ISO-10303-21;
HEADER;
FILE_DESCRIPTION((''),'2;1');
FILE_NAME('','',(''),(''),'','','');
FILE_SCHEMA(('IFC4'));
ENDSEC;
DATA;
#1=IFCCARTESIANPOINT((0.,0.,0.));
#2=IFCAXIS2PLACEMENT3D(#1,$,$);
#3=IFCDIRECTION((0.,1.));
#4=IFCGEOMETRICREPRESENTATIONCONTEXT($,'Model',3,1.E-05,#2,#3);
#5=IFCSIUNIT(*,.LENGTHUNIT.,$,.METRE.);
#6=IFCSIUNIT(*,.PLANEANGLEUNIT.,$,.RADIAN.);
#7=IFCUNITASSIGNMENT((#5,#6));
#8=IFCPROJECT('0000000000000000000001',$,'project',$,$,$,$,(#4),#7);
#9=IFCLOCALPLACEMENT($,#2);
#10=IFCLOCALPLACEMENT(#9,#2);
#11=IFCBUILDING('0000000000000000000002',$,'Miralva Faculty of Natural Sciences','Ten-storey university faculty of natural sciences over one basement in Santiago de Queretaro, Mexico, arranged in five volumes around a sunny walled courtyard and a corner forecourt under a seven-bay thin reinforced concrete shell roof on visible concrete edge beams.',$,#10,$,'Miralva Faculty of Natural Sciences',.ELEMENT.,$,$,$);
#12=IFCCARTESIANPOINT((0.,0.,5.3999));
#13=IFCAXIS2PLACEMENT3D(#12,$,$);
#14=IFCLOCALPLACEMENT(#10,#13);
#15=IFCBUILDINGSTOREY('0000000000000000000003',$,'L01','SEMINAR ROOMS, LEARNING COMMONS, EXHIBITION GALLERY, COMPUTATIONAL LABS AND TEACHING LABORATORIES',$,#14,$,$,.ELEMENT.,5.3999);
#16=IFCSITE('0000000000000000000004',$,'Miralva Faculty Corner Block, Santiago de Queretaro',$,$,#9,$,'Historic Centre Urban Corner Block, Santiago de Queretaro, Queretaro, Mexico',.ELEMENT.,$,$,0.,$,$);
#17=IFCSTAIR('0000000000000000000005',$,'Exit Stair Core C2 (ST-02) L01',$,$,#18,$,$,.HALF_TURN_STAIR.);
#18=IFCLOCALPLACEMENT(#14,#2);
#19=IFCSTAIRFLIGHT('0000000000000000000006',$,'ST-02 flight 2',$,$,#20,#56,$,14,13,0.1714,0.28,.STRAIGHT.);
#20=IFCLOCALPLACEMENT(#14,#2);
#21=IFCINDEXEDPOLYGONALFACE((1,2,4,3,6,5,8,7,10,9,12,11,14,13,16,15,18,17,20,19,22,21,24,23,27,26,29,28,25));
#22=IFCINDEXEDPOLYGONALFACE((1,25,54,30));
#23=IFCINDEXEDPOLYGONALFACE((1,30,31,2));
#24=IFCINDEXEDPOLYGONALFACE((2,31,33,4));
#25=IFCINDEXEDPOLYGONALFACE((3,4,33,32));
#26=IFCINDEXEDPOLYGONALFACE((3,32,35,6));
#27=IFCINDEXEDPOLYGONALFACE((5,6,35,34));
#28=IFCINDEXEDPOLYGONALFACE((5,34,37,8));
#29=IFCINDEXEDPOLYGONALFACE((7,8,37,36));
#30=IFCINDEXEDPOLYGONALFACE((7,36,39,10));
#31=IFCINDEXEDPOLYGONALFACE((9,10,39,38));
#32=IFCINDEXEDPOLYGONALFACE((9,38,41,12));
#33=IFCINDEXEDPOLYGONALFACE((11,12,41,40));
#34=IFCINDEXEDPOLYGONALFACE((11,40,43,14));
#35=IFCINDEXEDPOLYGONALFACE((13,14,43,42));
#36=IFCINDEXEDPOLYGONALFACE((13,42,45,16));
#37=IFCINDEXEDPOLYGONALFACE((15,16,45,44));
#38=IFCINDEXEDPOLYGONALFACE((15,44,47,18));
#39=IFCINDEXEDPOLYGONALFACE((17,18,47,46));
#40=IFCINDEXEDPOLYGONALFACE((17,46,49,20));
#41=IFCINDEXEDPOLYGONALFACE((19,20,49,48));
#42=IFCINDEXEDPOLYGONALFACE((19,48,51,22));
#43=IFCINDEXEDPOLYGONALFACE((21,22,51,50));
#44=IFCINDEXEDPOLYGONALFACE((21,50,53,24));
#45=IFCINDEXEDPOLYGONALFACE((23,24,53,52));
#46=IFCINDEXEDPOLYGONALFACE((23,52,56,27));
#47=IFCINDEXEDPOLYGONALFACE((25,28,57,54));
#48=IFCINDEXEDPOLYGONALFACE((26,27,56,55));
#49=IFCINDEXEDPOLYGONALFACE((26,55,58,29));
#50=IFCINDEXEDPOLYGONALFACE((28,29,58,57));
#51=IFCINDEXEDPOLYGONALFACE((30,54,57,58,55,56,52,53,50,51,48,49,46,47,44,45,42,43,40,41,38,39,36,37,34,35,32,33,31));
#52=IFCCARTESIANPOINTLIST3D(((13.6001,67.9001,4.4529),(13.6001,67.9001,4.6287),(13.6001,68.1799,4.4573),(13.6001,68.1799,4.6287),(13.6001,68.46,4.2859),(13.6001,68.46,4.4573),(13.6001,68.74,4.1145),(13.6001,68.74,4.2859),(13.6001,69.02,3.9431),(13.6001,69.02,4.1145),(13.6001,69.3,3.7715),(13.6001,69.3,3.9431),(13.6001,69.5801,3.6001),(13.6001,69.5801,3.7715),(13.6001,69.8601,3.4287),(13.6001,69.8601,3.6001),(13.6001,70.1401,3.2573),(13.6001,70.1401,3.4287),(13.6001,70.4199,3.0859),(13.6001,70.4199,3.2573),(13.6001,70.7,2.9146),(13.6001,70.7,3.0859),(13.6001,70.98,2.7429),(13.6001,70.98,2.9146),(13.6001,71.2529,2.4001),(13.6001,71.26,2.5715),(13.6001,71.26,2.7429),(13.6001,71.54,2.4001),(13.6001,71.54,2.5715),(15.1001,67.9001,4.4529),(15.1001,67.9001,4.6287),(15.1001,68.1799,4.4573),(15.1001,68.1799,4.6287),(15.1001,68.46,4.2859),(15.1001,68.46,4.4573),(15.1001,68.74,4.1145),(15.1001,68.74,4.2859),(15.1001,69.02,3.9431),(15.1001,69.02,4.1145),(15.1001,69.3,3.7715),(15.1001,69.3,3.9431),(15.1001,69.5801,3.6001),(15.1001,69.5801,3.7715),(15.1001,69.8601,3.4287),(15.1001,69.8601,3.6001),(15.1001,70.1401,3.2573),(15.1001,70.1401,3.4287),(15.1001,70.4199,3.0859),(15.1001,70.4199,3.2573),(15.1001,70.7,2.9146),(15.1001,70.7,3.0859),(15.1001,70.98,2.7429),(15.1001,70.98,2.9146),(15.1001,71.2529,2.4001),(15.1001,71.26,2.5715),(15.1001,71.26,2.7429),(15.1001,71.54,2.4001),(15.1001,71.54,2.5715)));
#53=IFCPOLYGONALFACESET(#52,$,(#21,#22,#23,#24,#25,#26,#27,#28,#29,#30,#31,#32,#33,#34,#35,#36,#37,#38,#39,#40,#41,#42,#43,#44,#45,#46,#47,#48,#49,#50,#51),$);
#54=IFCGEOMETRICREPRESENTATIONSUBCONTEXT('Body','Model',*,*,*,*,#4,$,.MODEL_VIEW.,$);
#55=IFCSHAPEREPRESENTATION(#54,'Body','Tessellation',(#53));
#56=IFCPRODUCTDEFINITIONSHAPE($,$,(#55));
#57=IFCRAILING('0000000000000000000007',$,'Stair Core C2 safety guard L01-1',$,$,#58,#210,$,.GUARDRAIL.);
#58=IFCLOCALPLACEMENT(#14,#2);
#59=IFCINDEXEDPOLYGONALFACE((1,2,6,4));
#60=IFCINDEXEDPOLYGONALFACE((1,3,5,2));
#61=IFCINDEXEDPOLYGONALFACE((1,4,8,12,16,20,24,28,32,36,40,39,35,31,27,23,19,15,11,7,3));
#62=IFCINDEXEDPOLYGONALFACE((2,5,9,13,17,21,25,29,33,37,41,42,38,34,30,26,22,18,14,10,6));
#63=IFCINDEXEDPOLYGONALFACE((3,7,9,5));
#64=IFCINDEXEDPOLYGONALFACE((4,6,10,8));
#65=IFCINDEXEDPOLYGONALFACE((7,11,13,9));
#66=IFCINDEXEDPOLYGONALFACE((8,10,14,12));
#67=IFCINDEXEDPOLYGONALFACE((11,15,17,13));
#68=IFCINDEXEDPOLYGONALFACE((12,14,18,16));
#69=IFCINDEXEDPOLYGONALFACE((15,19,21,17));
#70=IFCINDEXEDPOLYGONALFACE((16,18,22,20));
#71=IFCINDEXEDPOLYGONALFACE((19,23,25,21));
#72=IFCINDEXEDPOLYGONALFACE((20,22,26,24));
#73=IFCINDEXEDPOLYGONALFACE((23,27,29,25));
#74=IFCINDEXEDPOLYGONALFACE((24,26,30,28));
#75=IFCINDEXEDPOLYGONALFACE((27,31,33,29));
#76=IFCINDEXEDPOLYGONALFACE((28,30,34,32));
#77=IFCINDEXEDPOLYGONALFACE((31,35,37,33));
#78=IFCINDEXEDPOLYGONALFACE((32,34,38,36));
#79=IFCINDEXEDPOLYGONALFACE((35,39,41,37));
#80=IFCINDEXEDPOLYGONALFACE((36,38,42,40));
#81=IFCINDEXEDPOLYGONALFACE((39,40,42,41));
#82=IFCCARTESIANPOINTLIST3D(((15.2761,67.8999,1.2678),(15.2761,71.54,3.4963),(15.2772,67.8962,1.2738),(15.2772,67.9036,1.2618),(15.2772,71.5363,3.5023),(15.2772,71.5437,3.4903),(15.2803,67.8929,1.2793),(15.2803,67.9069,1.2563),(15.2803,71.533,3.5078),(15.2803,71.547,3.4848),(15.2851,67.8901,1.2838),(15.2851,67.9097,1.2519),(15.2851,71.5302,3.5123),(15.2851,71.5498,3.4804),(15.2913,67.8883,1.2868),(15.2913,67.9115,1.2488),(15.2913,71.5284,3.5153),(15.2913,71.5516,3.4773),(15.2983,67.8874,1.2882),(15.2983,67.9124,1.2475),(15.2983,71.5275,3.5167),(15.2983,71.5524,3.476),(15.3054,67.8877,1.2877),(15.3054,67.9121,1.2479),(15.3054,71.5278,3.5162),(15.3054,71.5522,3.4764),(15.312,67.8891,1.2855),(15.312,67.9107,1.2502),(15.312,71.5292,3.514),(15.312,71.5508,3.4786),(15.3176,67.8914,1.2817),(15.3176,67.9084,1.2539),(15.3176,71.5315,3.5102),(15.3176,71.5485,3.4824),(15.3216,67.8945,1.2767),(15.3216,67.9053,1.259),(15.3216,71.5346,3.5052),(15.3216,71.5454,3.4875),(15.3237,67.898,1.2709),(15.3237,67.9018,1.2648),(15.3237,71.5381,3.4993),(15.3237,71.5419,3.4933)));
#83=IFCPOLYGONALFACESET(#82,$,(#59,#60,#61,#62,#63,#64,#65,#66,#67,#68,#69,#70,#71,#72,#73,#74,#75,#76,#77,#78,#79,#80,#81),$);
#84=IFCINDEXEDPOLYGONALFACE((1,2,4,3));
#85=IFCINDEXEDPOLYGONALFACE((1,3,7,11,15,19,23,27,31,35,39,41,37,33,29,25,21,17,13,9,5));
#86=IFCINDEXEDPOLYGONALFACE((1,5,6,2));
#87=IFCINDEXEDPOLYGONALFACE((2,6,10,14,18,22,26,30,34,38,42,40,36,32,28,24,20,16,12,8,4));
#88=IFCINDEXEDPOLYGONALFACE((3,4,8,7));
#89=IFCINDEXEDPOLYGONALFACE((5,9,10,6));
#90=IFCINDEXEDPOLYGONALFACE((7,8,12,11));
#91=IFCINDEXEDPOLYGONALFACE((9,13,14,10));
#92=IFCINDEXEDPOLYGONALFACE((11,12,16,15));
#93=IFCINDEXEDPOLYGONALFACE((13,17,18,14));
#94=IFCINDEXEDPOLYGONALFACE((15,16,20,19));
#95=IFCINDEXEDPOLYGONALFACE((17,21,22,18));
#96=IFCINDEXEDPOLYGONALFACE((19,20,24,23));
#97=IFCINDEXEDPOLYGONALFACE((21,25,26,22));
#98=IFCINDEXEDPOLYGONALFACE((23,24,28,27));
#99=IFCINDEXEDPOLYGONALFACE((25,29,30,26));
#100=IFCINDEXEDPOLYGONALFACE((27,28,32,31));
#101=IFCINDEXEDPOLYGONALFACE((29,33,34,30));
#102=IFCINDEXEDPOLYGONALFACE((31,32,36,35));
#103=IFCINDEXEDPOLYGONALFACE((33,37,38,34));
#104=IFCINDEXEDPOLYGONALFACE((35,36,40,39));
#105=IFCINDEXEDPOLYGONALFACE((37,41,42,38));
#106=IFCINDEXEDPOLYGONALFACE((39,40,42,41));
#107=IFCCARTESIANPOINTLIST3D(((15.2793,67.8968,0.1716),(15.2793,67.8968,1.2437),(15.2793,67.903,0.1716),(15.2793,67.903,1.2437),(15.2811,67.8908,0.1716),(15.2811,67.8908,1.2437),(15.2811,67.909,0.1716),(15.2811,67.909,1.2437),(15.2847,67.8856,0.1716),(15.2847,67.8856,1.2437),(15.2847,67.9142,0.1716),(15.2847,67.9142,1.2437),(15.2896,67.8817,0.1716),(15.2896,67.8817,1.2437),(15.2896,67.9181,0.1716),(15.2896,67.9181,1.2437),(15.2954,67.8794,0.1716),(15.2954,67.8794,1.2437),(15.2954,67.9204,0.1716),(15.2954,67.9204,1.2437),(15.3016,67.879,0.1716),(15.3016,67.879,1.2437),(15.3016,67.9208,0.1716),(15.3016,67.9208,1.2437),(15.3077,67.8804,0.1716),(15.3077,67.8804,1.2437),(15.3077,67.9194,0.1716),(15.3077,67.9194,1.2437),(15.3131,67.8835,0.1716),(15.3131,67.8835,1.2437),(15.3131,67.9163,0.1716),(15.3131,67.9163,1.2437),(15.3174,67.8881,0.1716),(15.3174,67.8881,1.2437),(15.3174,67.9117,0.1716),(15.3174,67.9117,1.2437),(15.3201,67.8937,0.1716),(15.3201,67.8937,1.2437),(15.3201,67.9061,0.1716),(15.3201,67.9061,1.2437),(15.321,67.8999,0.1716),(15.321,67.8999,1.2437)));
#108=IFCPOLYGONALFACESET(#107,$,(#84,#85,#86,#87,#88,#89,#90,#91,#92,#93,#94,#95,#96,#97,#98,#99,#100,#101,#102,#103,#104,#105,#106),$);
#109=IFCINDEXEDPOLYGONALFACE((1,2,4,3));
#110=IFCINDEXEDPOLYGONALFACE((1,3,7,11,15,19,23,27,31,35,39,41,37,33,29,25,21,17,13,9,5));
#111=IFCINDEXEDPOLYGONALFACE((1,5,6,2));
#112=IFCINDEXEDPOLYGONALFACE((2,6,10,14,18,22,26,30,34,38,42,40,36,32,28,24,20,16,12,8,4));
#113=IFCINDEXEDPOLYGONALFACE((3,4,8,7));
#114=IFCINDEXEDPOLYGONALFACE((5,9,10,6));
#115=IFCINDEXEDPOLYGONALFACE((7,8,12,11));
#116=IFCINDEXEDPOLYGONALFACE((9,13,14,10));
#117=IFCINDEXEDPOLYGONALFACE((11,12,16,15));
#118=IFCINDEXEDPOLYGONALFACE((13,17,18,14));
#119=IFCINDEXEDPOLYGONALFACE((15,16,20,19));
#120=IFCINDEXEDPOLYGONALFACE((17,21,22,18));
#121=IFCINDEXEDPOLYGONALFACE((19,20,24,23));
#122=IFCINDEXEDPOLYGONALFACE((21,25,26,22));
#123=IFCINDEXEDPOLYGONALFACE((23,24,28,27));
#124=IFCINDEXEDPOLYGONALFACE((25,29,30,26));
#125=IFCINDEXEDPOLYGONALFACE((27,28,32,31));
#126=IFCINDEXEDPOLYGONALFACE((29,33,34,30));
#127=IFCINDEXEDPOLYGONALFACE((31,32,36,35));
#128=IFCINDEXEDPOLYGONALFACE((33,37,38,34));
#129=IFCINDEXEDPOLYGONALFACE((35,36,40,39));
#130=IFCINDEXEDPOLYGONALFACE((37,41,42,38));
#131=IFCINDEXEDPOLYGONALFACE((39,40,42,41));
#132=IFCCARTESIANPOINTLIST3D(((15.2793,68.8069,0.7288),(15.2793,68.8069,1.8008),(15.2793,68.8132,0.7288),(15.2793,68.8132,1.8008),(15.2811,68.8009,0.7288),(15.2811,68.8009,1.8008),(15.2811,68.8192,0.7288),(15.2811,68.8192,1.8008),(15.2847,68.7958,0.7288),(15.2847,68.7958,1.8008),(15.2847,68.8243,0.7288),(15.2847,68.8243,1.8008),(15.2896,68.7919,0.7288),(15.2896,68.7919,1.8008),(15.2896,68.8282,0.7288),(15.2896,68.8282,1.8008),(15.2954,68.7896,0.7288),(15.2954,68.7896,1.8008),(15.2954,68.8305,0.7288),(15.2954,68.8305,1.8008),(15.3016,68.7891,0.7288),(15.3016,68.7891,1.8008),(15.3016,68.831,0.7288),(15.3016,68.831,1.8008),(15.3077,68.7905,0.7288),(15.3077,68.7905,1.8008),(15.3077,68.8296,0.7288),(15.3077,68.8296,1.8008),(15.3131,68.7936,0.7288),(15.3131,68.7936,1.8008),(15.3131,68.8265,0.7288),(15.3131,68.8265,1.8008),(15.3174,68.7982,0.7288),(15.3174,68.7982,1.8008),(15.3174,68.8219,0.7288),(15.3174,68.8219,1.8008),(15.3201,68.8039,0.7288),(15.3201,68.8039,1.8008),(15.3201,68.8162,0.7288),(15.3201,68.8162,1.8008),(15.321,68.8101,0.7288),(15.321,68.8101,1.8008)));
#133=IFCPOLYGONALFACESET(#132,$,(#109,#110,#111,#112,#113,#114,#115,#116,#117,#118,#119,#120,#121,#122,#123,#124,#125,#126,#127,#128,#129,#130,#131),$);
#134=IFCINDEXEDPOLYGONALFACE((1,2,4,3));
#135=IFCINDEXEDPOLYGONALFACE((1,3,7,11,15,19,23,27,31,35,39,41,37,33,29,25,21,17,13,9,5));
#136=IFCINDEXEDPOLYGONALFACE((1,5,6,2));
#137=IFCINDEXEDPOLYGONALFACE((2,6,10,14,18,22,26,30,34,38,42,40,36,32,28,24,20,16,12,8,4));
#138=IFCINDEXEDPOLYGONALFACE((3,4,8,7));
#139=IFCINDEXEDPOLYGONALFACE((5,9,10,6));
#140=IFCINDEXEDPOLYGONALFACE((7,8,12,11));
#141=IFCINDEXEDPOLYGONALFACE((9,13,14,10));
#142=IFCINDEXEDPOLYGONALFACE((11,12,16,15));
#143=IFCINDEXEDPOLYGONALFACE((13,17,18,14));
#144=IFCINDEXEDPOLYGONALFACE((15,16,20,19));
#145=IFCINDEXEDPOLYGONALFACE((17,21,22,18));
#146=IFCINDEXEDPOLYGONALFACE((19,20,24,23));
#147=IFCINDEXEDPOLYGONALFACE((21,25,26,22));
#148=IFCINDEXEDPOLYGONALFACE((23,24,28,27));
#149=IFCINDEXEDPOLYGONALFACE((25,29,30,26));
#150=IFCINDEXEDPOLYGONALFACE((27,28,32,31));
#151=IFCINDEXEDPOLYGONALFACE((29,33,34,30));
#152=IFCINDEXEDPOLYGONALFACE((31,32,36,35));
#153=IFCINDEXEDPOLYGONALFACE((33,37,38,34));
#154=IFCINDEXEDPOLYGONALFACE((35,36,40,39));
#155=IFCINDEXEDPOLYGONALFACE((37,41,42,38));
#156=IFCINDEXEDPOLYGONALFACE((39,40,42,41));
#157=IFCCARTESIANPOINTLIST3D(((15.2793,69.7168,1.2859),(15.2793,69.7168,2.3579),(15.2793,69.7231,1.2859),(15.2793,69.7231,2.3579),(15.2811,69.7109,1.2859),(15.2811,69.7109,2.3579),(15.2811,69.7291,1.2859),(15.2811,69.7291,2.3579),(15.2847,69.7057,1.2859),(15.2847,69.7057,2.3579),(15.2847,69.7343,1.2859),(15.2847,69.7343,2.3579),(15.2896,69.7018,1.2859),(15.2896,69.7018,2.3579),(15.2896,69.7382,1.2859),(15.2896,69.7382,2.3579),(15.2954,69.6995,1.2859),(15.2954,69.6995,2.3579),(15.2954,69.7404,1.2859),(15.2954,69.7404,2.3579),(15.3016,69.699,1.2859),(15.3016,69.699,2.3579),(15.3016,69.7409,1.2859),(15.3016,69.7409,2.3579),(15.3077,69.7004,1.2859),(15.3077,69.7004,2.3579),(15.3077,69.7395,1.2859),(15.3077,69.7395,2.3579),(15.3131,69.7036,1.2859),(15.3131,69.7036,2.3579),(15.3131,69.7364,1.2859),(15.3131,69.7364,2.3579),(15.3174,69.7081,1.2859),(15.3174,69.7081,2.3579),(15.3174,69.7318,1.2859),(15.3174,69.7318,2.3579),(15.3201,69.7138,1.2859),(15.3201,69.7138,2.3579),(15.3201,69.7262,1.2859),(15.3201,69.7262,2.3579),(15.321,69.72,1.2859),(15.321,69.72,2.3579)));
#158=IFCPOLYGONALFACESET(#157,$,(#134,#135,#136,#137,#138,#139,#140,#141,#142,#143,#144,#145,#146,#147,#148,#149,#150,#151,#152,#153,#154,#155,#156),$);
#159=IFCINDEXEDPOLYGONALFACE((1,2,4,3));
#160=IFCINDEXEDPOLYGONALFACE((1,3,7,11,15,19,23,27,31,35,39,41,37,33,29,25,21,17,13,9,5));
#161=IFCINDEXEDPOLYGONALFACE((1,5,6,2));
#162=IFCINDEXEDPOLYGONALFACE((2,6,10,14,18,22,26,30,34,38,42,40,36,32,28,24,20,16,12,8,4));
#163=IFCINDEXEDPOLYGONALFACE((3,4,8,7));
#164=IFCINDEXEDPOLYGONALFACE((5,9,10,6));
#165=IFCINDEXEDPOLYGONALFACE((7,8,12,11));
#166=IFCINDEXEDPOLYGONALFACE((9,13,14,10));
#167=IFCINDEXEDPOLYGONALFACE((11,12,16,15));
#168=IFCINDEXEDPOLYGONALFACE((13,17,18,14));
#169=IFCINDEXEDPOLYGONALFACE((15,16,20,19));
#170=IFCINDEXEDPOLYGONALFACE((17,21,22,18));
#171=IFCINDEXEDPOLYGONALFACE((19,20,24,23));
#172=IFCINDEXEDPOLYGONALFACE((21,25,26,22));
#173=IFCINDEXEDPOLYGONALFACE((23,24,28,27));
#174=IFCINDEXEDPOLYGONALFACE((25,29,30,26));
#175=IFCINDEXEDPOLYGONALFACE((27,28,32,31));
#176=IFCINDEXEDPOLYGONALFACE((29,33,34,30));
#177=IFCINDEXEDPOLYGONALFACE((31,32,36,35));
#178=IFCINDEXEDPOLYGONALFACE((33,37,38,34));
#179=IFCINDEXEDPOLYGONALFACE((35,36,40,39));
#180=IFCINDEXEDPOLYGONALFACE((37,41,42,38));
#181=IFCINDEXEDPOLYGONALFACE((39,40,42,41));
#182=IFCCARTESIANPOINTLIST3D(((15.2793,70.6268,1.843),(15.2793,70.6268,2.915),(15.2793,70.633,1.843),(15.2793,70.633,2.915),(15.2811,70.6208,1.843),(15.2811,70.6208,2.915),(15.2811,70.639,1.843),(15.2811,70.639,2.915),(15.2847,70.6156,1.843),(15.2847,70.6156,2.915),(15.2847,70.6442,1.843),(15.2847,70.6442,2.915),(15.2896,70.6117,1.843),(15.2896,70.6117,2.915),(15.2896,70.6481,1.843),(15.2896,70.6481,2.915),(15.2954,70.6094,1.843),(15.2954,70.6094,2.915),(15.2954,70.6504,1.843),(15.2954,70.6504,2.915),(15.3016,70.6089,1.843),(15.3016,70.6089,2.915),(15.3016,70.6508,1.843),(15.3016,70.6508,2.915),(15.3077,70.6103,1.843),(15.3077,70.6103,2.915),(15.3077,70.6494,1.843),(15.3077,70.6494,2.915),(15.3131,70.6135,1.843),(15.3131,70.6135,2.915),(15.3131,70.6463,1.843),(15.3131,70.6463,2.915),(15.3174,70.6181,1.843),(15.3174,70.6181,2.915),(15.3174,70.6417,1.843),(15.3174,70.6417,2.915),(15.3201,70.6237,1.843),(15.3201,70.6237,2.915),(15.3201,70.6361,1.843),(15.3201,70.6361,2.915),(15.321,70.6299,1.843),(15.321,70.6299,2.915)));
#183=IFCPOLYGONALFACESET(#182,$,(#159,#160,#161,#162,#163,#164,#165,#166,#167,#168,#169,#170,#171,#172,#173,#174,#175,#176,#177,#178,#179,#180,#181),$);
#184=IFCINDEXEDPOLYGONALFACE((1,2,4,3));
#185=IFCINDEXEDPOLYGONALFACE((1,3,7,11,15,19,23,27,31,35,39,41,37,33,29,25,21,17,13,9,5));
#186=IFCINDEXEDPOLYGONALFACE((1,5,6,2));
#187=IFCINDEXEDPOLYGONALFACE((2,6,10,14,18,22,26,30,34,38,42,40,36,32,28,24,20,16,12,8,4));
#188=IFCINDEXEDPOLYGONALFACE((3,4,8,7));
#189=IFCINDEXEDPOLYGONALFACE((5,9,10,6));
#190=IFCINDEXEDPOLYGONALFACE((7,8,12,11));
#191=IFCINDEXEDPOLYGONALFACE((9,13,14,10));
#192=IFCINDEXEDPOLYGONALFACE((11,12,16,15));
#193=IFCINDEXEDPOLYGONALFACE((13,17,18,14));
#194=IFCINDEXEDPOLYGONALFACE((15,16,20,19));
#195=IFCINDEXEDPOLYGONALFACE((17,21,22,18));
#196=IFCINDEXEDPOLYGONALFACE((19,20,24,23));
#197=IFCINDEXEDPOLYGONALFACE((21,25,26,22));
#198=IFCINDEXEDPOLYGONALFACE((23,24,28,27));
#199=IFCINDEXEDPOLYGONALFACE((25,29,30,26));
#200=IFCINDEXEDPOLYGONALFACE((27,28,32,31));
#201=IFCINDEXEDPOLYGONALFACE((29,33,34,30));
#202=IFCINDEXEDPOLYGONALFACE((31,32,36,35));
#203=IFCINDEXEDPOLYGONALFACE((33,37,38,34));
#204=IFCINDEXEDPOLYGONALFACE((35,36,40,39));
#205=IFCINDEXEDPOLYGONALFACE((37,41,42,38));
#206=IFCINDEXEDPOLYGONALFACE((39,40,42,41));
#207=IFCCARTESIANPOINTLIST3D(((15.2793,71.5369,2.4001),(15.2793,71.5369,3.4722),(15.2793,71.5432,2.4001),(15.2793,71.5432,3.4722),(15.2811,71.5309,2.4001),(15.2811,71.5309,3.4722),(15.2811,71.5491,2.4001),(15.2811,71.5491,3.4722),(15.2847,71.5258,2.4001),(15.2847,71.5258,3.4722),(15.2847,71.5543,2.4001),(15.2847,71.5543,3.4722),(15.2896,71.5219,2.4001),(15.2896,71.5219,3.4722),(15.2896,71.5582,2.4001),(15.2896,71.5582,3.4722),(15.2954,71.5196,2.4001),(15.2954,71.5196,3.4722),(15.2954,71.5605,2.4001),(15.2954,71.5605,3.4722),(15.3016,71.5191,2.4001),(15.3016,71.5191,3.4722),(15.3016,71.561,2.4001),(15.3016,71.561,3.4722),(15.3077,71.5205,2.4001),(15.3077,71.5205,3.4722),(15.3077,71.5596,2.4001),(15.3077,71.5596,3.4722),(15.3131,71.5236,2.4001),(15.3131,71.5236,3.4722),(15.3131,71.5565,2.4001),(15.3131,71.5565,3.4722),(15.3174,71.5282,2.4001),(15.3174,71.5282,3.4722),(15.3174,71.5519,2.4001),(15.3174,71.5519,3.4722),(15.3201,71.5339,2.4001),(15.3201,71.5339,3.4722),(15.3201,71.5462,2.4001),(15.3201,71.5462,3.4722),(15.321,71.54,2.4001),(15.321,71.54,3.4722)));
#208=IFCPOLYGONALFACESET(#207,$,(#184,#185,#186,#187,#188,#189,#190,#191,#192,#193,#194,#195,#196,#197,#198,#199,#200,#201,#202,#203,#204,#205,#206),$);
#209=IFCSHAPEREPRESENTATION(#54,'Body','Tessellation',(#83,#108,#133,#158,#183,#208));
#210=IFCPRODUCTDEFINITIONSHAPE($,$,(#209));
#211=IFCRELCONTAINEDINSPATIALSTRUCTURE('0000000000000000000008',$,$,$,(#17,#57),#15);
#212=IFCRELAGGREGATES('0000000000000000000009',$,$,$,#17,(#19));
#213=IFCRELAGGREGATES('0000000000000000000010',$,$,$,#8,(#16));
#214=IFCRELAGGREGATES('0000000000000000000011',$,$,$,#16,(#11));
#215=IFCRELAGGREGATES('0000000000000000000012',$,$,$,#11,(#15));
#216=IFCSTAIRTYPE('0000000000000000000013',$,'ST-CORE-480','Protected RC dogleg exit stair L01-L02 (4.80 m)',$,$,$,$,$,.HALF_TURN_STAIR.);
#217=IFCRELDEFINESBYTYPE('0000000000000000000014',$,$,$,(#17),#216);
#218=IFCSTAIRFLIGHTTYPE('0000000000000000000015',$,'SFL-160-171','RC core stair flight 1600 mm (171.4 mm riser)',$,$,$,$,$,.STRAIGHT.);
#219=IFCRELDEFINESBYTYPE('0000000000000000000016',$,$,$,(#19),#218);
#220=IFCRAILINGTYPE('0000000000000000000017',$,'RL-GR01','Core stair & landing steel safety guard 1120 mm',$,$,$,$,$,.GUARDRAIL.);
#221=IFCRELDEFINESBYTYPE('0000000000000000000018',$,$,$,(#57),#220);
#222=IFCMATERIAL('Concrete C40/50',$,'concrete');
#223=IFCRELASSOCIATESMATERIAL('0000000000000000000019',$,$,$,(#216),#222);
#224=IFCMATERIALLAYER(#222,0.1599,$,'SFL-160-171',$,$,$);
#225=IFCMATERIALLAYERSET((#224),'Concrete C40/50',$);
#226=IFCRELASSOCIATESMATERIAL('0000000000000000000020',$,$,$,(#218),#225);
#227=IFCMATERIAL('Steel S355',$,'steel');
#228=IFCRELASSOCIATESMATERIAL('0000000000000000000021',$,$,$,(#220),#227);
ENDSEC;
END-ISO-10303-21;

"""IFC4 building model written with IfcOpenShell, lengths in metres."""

from ifc_helpers import new_model, si_unit, direction, frame, origin, origin_2d, place, context, subcontext, project, spatial, polyline, circle, outline, extrude, material, layer, layer_set, type_object, element, aggregate, save


model = new_model("IFC4")

# Units and contexts
model_context = context("Model", 3, precision=1e-05, world=origin(), true_north=direction((0.0, 1.0)))
body_context = subcontext(model_context, "Body", "Model", "MODEL_VIEW")
ifc_project = project(units=[si_unit("LENGTHUNIT", "METRE"), si_unit("PLANEANGLEUNIT", "RADIAN")], contexts=[model_context])

# Site, building, storey
site_placement = place(None, origin())
site = spatial("IfcSite", under=ifc_project, at=site_placement, Name="Miralva Faculty Corner Block, Santiago de Queretaro", LongName="Historic Centre Urban Corner Block, Santiago de Queretaro, Queretaro, Mexico", CompositionType="ELEMENT", RefElevation=0.0)
building_placement = place(site_placement, origin())
building = spatial("IfcBuilding", under=site, at=building_placement, Name="Miralva Faculty of Natural Sciences", Description="Ten-storey university faculty of natural sciences over one basement in Santiago de Queretaro, Mexico, arranged in five volumes around a sunny walled courtyard and a corner forecourt under a seven-bay thin reinforced concrete shell roof on visible concrete edge beams.", LongName="Miralva Faculty of Natural Sciences", CompositionType="ELEMENT")
storey_placement = place(building_placement, frame((0.0, 0.0, 5.3999)))
storey = spatial("IfcBuildingStorey", under=building, at=storey_placement, Name="L01", Description="SEMINAR ROOMS, LEARNING COMMONS, EXHIBITION GALLERY, COMPUTATIONAL LABS AND TEACHING LABORATORIES", CompositionType="ELEMENT", Elevation=5.3999)

# Shared definitions
ifc_material_1 = material(Name="Concrete C40/50", Category="concrete")

# Stair, stair flight
stair_type = type_object("IfcStairType", Name="ST-CORE-480", Description="Protected RC dogleg exit stair L01-L02 (4.80 m)", PredefinedType="HALF_TURN_STAIR", material=ifc_material_1)
stair_placement = place(storey_placement, origin())
stair = element("IfcStair", 1, at=stair_placement, inside=storey, type_object=stair_type, Name="Exit Stair Core C2 (ST-02) L01", PredefinedType="HALF_TURN_STAIR")
ifc_layer_1 = layer(ifc_material_1, 0.1599, Name="SFL-160-171")
ifc_layer_set_1 = layer_set([ifc_layer_1], Name="Concrete C40/50")
stair_flight_type = type_object("IfcStairFlightType", Name="SFL-160-171", Description="RC core stair flight 1600 mm (171.4 mm riser)", PredefinedType="STRAIGHT", material=ifc_layer_set_1)
stair_flight_1_placement = place(storey_placement, frame((14.3501, 71.54, 2.4001), z_axis=(0.0, 0.0, 1.0), x_axis=(0.0, -1.0, 0.0)))
stair_flight_1 = element("IfcStairFlight", 2, at=stair_flight_1_placement, type_object=stair_flight_type, Name="ST-02 flight 2", NumberOfRisers=14, NumberOfTreads=13, PredefinedType="STRAIGHT", RiserHeight=0.1714, TreadLength=0.28, context=body_context, shape_type="SweptSolid", body=[
    extrude(outline(polyline([(0.0, 0.0), (0.0, 0.1714), (0.28, 0.1714), (0.28, 0.3428), (0.5601, 0.3428), (0.5601, 0.5144), (0.8401, 0.5144), (0.8401, 0.6858), (1.1201, 0.6858), (1.1201, 0.8572), (1.3999, 0.8572), (1.3999, 1.0286), (1.6799, 1.0286), (1.6799, 1.2), (1.96, 1.2), (1.96, 1.3713), (2.24, 1.3713), (2.24, 1.543), (2.52, 1.543), (2.52, 1.7144), (2.8, 1.7144), (2.8, 1.8857), (3.0801, 1.8857), (3.0801, 2.0571), (3.3601, 2.0571), (3.3601, 2.2285), (3.6399, 2.2285), (3.6399, 2.3999), (3.6399, 2.0527), (0.2871, 0.0), (0.0, 0.0)])), frame((0.0, 0.75, 0.0), z_axis=(0.0, -1.0, 0.0), x_axis=(1.0, 0.0, 0.0)), (0.0, 0.0, 1.0), 1.5),
])
aggregate(stair, [stair_flight_1])

# Railing
ifc_material_2 = material(Name="Steel S355", Category="steel")
railing_type_1 = type_object("IfcRailingType", Name="RL-GR01", Description="Core stair & landing steel safety guard 1120 mm", PredefinedType="GUARDRAIL", material=ifc_material_2)
railing_1_placement = place(storey_placement, frame((15.3, 67.8999, 0.1716)))
element("IfcRailing", 3, at=railing_1_placement, inside=storey, type_object=railing_type_1, Name="Stair Core C2 safety guard L01-1", PredefinedType="GUARDRAIL", context=body_context, shape_type="SweptSolid", body=[
    extrude(circle(Radius=0.0239, at=origin_2d()), frame((0.0, 0.0, 1.0962), z_axis=(0.0, 0.852866, 0.52213), x_axis=(-1.0, 0.0, 0.0)), (0.0, 0.0, 1.0), 4.2681),
    extrude(circle(Radius=0.021, at=origin_2d()), origin(), (0.0, 0.0, 1.0), 1.072),
    extrude(circle(Radius=0.021, at=origin_2d()), frame((0.0, 0.9102, 0.5571)), (0.0, 0.0, 1.0), 1.072),
    extrude(circle(Radius=0.021, at=origin_2d()), frame((0.0, 1.8201, 1.1143)), (0.0, 0.0, 1.0), 1.072),
    extrude(circle(Radius=0.021, at=origin_2d()), frame((0.0, 2.73, 1.6714)), (0.0, 0.0, 1.0), 1.072),
    extrude(circle(Radius=0.021, at=origin_2d()), frame((0.0, 3.6401, 2.2285)), (0.0, 0.0, 1.0), 1.072),
])

save(model, "model.ifc")
